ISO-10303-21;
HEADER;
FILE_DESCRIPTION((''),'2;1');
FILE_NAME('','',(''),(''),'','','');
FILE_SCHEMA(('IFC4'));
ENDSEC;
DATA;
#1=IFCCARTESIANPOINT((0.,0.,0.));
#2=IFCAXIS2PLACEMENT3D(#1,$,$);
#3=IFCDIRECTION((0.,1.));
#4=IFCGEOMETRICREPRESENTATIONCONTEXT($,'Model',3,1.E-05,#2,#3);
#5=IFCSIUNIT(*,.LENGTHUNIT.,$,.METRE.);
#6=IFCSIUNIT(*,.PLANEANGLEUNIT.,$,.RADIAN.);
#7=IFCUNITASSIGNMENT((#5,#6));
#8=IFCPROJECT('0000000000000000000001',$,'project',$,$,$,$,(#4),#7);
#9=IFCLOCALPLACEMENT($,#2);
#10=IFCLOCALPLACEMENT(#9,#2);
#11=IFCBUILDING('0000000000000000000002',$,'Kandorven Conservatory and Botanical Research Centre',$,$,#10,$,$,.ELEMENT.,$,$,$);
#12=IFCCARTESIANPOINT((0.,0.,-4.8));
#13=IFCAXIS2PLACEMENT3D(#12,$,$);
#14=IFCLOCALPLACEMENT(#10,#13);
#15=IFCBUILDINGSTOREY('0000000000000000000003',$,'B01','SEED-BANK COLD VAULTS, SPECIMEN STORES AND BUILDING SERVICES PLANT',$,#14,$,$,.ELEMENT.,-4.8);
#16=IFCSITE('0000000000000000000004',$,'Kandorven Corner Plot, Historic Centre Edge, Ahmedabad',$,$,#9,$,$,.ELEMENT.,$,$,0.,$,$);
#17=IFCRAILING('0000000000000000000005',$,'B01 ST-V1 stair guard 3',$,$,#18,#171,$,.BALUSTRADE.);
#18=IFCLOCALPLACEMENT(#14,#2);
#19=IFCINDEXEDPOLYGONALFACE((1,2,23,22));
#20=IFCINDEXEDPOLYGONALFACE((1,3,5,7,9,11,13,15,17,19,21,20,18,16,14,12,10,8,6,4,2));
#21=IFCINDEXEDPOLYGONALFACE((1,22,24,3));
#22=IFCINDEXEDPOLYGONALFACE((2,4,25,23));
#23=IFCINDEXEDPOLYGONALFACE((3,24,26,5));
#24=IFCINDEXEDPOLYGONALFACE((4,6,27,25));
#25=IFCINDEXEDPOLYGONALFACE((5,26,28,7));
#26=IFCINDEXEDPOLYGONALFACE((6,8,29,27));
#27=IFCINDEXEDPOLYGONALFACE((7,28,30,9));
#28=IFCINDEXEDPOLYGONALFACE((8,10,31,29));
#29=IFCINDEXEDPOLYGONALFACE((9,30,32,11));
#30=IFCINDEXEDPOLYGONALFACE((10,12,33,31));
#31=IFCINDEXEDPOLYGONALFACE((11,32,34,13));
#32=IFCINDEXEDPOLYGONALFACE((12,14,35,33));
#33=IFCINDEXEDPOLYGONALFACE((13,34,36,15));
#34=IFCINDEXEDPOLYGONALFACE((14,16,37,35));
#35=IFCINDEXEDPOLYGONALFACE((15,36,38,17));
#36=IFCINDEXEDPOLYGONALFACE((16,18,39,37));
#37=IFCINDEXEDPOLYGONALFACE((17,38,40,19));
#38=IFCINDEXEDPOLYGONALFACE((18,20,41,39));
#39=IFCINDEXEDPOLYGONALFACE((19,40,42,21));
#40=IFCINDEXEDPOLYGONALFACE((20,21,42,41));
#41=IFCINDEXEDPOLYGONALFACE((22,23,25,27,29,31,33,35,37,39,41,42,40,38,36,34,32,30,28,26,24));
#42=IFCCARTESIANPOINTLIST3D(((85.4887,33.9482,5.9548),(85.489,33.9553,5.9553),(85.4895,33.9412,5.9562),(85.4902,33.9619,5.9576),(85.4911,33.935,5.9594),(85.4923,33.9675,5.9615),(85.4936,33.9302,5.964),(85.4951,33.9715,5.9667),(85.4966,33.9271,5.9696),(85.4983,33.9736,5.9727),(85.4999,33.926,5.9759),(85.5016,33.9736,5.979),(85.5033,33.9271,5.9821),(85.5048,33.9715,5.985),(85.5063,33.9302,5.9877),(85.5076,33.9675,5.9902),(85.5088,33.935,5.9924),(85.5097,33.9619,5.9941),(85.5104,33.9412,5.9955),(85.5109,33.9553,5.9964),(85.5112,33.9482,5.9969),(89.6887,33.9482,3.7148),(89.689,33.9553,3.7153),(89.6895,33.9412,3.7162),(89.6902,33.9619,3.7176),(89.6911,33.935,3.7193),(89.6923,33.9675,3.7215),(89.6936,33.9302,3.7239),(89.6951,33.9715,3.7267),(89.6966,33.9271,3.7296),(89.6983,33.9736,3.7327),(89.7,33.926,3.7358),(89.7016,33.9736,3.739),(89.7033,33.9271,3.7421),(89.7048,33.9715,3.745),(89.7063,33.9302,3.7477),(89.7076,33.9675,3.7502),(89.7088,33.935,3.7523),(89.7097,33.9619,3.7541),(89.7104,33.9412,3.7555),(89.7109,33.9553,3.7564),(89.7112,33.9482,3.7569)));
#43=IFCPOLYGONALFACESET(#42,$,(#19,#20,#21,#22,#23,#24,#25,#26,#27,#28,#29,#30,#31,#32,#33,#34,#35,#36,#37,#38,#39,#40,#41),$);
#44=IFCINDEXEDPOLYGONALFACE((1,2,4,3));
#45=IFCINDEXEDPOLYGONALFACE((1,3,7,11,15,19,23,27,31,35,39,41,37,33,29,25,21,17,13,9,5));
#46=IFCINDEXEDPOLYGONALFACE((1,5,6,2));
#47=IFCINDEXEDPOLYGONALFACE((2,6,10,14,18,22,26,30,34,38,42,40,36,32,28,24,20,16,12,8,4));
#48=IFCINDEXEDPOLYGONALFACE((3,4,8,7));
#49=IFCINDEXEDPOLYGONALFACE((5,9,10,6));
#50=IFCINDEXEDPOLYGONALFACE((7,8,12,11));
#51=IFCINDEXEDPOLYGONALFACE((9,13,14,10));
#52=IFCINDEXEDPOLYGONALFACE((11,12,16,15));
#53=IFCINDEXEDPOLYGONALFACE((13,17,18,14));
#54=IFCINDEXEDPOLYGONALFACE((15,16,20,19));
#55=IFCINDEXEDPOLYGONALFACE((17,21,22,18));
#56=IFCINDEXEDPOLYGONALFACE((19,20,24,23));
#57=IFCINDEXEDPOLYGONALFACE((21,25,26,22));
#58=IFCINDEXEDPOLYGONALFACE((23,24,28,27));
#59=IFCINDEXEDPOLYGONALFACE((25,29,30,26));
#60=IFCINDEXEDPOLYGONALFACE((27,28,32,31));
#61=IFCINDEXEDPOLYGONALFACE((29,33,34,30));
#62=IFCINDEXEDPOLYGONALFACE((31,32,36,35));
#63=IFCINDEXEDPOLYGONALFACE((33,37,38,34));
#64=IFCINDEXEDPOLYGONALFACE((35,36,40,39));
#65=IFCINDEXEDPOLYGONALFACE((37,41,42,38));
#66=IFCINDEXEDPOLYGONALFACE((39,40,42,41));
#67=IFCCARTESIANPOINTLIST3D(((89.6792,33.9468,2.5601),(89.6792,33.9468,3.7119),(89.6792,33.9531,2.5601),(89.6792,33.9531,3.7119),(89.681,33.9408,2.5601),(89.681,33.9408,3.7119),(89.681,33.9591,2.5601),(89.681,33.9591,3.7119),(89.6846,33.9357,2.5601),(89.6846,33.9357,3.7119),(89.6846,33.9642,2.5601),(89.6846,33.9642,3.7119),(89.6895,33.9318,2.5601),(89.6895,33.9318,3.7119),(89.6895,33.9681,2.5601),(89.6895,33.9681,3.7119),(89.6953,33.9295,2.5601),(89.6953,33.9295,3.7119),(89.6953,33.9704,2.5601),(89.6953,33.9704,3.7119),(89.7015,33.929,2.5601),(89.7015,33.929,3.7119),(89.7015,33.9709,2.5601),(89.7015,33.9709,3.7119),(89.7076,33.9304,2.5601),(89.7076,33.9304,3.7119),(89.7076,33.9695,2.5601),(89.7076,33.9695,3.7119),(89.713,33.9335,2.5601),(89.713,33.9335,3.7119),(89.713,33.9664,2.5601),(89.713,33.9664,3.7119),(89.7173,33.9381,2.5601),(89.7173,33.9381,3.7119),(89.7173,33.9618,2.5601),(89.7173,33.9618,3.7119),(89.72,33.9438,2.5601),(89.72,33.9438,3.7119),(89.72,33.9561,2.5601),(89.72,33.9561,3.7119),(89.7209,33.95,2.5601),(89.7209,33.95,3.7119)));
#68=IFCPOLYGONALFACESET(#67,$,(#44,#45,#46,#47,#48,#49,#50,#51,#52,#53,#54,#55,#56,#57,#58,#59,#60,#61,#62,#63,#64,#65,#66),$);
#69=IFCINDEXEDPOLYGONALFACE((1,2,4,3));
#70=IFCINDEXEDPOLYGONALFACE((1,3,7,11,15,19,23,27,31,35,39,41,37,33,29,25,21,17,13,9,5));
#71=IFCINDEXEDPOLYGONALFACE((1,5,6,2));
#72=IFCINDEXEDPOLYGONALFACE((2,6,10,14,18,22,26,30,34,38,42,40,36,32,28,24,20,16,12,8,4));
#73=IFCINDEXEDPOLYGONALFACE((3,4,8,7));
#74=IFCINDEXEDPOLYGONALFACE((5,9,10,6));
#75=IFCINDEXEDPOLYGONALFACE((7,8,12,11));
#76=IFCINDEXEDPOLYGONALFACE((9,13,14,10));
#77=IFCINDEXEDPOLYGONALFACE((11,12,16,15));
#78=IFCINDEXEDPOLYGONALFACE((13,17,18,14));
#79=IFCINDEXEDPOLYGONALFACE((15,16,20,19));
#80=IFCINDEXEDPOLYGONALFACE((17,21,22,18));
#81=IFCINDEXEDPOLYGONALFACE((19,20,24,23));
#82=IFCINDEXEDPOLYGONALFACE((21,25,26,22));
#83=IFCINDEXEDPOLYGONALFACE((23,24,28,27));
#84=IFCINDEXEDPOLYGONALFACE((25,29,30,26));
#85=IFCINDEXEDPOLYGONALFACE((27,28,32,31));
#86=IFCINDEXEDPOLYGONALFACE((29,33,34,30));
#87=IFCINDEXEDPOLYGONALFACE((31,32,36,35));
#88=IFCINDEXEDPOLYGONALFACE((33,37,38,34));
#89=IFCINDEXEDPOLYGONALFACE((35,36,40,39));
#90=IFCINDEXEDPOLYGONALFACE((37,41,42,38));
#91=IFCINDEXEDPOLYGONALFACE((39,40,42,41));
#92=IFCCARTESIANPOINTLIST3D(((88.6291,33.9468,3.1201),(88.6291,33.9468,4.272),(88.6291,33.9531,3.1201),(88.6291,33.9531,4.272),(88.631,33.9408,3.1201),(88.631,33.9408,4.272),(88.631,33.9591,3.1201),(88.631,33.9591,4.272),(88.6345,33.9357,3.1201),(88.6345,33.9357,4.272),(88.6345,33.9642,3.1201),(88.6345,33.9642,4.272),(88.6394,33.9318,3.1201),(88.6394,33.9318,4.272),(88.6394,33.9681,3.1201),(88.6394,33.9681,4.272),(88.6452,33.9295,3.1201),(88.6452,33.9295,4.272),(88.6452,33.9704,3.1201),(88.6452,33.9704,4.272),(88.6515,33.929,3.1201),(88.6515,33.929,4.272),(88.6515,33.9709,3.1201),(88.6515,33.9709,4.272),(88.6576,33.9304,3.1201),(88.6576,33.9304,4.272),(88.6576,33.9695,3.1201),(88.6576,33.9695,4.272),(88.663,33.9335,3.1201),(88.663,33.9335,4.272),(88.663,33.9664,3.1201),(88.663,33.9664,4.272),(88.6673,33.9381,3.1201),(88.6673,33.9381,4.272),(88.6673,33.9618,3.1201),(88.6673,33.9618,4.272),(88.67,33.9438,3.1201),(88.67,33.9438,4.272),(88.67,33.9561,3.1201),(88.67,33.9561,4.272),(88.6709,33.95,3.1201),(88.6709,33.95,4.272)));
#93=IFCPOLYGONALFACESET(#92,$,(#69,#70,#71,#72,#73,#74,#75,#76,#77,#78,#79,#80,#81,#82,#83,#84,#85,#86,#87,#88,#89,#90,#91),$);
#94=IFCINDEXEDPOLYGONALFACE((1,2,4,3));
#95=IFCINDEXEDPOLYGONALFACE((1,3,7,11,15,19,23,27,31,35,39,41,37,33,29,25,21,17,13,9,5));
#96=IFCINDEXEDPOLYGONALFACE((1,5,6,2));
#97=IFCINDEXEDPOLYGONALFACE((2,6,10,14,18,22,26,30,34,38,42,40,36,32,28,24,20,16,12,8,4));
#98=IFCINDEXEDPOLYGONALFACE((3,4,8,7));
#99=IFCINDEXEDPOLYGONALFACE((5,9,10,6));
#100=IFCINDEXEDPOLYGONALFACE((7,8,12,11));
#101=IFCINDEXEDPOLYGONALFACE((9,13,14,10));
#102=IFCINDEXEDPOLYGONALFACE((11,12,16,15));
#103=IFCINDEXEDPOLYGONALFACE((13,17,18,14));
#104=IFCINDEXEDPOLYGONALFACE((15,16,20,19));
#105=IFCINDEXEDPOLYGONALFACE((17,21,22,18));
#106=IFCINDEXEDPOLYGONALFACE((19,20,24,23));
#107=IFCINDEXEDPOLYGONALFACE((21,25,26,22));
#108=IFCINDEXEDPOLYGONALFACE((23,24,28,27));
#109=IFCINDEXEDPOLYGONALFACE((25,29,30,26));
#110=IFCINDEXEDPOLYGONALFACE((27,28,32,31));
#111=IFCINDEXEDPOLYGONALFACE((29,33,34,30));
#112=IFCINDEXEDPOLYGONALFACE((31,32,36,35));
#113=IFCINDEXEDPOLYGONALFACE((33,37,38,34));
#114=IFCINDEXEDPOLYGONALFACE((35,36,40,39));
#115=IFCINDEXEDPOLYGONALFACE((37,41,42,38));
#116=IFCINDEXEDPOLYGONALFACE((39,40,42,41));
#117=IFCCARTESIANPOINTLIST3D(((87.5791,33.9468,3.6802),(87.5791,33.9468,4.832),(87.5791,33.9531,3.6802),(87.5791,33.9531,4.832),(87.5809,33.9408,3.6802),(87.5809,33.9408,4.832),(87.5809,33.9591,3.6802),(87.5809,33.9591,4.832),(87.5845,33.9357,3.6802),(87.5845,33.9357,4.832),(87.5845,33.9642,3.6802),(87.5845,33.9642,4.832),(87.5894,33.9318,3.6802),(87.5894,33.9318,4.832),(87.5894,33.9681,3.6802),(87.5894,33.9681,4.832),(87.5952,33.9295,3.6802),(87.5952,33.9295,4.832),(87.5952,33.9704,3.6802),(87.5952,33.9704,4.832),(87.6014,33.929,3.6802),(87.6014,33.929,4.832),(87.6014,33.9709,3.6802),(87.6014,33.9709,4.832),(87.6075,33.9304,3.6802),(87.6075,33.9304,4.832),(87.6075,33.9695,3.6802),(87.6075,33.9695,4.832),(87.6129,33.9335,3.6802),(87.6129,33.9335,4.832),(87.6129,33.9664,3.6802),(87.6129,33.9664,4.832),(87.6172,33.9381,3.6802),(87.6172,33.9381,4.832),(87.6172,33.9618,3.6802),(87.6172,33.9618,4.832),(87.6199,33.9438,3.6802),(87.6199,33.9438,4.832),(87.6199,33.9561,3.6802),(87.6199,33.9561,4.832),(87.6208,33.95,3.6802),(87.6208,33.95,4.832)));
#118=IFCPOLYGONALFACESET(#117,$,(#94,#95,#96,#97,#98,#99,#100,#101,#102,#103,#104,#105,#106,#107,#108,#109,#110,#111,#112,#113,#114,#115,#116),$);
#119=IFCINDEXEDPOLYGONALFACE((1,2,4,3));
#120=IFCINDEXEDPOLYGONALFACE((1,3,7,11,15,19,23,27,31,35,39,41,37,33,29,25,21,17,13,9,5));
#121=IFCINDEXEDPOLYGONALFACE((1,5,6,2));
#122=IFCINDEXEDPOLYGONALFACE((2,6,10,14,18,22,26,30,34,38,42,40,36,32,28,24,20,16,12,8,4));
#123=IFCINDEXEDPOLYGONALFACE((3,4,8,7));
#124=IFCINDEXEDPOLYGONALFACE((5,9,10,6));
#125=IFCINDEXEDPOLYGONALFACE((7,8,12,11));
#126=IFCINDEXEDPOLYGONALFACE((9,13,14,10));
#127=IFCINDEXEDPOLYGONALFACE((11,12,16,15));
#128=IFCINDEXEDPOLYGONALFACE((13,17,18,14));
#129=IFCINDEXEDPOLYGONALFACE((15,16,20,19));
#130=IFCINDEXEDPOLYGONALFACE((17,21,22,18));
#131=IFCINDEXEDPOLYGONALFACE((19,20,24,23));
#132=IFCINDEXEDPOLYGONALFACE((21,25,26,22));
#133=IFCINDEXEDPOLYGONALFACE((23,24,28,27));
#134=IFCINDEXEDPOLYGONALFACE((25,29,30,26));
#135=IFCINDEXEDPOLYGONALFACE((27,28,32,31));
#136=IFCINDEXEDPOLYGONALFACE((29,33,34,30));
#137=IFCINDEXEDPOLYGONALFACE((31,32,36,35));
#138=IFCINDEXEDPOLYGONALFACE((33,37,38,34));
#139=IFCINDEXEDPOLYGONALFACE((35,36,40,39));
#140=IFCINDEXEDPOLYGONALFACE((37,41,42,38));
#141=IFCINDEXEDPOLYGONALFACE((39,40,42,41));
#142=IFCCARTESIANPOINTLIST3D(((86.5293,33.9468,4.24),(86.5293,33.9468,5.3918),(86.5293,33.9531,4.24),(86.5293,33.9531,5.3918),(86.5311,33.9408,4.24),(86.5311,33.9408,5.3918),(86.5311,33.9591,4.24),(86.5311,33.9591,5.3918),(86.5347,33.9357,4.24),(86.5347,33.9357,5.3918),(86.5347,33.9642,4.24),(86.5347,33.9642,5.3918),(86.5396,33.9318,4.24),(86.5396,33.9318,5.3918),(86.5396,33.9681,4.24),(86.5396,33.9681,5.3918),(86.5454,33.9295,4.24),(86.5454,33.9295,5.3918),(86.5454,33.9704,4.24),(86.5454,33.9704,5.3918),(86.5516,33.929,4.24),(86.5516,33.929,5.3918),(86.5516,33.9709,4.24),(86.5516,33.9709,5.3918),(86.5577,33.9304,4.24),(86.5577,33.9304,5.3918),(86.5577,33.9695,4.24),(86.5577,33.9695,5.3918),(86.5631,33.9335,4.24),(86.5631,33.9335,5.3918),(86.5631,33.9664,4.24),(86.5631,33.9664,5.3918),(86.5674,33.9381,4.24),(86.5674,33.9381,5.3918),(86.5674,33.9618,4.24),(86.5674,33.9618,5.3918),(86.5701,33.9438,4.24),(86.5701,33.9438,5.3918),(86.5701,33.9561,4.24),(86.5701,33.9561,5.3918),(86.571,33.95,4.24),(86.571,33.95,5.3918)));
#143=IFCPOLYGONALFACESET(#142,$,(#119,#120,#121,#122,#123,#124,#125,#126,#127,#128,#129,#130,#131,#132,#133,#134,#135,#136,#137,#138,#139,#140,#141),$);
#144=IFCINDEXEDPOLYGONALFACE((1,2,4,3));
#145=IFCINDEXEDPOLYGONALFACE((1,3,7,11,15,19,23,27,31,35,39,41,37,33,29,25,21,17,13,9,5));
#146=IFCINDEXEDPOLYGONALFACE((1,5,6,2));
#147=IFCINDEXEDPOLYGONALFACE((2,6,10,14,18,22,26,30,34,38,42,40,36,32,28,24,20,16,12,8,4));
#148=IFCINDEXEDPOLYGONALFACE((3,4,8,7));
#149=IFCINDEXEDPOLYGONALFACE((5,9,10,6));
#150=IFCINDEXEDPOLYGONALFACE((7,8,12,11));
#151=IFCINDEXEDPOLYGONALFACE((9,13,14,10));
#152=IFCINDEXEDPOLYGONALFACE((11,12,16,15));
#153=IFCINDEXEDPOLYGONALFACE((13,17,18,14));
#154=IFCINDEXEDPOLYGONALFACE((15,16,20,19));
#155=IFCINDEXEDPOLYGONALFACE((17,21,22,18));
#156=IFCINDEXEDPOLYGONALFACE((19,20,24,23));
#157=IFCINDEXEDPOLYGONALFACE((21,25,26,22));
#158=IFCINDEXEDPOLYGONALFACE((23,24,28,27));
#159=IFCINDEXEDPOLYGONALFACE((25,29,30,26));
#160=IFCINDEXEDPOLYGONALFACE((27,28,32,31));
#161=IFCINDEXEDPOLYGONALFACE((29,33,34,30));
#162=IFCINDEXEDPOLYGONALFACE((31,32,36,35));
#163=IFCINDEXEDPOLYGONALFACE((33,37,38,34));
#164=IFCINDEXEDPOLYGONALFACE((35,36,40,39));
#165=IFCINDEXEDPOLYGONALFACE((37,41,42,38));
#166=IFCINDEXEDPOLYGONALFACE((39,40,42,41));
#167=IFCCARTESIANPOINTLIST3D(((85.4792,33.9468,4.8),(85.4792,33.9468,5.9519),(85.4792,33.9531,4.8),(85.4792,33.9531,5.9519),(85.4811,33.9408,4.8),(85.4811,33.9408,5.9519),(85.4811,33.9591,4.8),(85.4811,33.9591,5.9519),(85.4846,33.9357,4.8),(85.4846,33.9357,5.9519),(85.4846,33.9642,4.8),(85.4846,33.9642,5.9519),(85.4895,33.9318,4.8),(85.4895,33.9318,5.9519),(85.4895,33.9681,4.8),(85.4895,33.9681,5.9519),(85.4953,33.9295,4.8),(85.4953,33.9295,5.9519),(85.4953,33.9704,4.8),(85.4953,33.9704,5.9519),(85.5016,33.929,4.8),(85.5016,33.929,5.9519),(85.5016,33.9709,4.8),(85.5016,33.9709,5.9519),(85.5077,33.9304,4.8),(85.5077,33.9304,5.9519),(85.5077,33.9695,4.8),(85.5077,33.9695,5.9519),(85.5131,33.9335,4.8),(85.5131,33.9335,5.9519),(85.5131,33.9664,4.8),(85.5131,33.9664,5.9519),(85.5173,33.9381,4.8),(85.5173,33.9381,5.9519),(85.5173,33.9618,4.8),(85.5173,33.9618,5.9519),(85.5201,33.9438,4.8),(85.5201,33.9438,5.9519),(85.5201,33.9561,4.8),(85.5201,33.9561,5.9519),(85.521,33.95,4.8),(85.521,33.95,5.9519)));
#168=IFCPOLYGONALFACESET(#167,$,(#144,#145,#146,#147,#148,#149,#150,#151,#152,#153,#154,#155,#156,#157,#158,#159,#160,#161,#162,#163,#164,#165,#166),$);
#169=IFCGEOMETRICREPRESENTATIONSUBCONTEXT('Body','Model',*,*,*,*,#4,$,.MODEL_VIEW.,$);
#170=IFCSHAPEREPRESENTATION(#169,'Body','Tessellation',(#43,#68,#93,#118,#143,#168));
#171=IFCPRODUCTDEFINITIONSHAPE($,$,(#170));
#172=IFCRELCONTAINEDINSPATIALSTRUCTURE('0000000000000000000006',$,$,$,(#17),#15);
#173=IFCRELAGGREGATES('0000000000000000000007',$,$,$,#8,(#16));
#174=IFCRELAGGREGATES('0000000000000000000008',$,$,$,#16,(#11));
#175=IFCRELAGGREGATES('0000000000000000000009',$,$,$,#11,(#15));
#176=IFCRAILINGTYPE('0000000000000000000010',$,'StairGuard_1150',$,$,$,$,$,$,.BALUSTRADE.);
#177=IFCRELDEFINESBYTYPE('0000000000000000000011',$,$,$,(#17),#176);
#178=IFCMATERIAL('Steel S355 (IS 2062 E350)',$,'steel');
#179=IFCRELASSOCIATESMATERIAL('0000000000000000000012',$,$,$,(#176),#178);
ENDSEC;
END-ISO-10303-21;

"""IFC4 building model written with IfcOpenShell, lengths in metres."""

from ifc_helpers import new_model, si_unit, direction, frame, origin, origin_2d, place, context, subcontext, project, spatial, circle, extrude, material, type_object, element, save


model = new_model("IFC4")

# Units and contexts
model_context = context("Model", 3, precision=1e-05, world=origin(), true_north=direction((0.0, 1.0)))
body_context = subcontext(model_context, "Body", "Model", "MODEL_VIEW")
ifc_project = project(units=[si_unit("LENGTHUNIT", "METRE"), si_unit("PLANEANGLEUNIT", "RADIAN")], contexts=[model_context])

# Site, building, storey
site_placement = place(None, origin())
site = spatial("IfcSite", under=ifc_project, at=site_placement, Name="Kandorven Corner Plot, Historic Centre Edge, Ahmedabad", CompositionType="ELEMENT", RefElevation=0.0)
building_placement = place(site_placement, origin())
building = spatial("IfcBuilding", under=site, at=building_placement, Name="Kandorven Conservatory and Botanical Research Centre", CompositionType="ELEMENT")
storey_placement = place(building_placement, frame((0.0, 0.0, -4.8)))
storey = spatial("IfcBuildingStorey", under=building, at=storey_placement, Name="B01", Description="SEED-BANK COLD VAULTS, SPECIMEN STORES AND BUILDING SERVICES PLANT", CompositionType="ELEMENT", Elevation=-4.8)

# Railing
ifc_material_1 = material(Name="Steel S355 (IS 2062 E350)", Category="steel")
railing_type_1 = type_object("IfcRailingType", Name="StairGuard_1150", PredefinedType="BALUSTRADE", material=ifc_material_1)
railing_1_placement = place(storey_placement, frame((89.7, 33.95, 2.5601)))
element("IfcRailing", 1, at=railing_1_placement, inside=storey, type_object=railing_type_1, Name="B01 ST-V1 stair guard 3", PredefinedType="BALUSTRADE", context=body_context, shape_type="SweptSolid", body=[
    extrude(circle(Radius=0.0239, at=origin_2d()), frame((0.0, 0.0, 1.1758), z_axis=(-0.882352, 0.0, 0.470591), x_axis=(0.0, -1.0, 0.0)), (0.0, 0.0, 1.0), 4.76),
    extrude(circle(Radius=0.021, at=origin_2d()), origin(), (0.0, 0.0, 1.0), 1.1519),
    extrude(circle(Radius=0.021, at=origin_2d()), frame((-1.05, 0.0, 0.5601)), (0.0, 0.0, 1.0), 1.1519),
    extrude(circle(Radius=0.021, at=origin_2d()), frame((-2.1001, 0.0, 1.1201)), (0.0, 0.0, 1.0), 1.1519),
    extrude(circle(Radius=0.021, at=origin_2d()), frame((-3.1499, 0.0, 1.6799)), (0.0, 0.0, 1.0), 1.1519),
    extrude(circle(Radius=0.021, at=origin_2d()), frame((-4.2, 0.0, 2.24)), (0.0, 0.0, 1.0), 1.1519),
])

save(model, "model.ifc")
